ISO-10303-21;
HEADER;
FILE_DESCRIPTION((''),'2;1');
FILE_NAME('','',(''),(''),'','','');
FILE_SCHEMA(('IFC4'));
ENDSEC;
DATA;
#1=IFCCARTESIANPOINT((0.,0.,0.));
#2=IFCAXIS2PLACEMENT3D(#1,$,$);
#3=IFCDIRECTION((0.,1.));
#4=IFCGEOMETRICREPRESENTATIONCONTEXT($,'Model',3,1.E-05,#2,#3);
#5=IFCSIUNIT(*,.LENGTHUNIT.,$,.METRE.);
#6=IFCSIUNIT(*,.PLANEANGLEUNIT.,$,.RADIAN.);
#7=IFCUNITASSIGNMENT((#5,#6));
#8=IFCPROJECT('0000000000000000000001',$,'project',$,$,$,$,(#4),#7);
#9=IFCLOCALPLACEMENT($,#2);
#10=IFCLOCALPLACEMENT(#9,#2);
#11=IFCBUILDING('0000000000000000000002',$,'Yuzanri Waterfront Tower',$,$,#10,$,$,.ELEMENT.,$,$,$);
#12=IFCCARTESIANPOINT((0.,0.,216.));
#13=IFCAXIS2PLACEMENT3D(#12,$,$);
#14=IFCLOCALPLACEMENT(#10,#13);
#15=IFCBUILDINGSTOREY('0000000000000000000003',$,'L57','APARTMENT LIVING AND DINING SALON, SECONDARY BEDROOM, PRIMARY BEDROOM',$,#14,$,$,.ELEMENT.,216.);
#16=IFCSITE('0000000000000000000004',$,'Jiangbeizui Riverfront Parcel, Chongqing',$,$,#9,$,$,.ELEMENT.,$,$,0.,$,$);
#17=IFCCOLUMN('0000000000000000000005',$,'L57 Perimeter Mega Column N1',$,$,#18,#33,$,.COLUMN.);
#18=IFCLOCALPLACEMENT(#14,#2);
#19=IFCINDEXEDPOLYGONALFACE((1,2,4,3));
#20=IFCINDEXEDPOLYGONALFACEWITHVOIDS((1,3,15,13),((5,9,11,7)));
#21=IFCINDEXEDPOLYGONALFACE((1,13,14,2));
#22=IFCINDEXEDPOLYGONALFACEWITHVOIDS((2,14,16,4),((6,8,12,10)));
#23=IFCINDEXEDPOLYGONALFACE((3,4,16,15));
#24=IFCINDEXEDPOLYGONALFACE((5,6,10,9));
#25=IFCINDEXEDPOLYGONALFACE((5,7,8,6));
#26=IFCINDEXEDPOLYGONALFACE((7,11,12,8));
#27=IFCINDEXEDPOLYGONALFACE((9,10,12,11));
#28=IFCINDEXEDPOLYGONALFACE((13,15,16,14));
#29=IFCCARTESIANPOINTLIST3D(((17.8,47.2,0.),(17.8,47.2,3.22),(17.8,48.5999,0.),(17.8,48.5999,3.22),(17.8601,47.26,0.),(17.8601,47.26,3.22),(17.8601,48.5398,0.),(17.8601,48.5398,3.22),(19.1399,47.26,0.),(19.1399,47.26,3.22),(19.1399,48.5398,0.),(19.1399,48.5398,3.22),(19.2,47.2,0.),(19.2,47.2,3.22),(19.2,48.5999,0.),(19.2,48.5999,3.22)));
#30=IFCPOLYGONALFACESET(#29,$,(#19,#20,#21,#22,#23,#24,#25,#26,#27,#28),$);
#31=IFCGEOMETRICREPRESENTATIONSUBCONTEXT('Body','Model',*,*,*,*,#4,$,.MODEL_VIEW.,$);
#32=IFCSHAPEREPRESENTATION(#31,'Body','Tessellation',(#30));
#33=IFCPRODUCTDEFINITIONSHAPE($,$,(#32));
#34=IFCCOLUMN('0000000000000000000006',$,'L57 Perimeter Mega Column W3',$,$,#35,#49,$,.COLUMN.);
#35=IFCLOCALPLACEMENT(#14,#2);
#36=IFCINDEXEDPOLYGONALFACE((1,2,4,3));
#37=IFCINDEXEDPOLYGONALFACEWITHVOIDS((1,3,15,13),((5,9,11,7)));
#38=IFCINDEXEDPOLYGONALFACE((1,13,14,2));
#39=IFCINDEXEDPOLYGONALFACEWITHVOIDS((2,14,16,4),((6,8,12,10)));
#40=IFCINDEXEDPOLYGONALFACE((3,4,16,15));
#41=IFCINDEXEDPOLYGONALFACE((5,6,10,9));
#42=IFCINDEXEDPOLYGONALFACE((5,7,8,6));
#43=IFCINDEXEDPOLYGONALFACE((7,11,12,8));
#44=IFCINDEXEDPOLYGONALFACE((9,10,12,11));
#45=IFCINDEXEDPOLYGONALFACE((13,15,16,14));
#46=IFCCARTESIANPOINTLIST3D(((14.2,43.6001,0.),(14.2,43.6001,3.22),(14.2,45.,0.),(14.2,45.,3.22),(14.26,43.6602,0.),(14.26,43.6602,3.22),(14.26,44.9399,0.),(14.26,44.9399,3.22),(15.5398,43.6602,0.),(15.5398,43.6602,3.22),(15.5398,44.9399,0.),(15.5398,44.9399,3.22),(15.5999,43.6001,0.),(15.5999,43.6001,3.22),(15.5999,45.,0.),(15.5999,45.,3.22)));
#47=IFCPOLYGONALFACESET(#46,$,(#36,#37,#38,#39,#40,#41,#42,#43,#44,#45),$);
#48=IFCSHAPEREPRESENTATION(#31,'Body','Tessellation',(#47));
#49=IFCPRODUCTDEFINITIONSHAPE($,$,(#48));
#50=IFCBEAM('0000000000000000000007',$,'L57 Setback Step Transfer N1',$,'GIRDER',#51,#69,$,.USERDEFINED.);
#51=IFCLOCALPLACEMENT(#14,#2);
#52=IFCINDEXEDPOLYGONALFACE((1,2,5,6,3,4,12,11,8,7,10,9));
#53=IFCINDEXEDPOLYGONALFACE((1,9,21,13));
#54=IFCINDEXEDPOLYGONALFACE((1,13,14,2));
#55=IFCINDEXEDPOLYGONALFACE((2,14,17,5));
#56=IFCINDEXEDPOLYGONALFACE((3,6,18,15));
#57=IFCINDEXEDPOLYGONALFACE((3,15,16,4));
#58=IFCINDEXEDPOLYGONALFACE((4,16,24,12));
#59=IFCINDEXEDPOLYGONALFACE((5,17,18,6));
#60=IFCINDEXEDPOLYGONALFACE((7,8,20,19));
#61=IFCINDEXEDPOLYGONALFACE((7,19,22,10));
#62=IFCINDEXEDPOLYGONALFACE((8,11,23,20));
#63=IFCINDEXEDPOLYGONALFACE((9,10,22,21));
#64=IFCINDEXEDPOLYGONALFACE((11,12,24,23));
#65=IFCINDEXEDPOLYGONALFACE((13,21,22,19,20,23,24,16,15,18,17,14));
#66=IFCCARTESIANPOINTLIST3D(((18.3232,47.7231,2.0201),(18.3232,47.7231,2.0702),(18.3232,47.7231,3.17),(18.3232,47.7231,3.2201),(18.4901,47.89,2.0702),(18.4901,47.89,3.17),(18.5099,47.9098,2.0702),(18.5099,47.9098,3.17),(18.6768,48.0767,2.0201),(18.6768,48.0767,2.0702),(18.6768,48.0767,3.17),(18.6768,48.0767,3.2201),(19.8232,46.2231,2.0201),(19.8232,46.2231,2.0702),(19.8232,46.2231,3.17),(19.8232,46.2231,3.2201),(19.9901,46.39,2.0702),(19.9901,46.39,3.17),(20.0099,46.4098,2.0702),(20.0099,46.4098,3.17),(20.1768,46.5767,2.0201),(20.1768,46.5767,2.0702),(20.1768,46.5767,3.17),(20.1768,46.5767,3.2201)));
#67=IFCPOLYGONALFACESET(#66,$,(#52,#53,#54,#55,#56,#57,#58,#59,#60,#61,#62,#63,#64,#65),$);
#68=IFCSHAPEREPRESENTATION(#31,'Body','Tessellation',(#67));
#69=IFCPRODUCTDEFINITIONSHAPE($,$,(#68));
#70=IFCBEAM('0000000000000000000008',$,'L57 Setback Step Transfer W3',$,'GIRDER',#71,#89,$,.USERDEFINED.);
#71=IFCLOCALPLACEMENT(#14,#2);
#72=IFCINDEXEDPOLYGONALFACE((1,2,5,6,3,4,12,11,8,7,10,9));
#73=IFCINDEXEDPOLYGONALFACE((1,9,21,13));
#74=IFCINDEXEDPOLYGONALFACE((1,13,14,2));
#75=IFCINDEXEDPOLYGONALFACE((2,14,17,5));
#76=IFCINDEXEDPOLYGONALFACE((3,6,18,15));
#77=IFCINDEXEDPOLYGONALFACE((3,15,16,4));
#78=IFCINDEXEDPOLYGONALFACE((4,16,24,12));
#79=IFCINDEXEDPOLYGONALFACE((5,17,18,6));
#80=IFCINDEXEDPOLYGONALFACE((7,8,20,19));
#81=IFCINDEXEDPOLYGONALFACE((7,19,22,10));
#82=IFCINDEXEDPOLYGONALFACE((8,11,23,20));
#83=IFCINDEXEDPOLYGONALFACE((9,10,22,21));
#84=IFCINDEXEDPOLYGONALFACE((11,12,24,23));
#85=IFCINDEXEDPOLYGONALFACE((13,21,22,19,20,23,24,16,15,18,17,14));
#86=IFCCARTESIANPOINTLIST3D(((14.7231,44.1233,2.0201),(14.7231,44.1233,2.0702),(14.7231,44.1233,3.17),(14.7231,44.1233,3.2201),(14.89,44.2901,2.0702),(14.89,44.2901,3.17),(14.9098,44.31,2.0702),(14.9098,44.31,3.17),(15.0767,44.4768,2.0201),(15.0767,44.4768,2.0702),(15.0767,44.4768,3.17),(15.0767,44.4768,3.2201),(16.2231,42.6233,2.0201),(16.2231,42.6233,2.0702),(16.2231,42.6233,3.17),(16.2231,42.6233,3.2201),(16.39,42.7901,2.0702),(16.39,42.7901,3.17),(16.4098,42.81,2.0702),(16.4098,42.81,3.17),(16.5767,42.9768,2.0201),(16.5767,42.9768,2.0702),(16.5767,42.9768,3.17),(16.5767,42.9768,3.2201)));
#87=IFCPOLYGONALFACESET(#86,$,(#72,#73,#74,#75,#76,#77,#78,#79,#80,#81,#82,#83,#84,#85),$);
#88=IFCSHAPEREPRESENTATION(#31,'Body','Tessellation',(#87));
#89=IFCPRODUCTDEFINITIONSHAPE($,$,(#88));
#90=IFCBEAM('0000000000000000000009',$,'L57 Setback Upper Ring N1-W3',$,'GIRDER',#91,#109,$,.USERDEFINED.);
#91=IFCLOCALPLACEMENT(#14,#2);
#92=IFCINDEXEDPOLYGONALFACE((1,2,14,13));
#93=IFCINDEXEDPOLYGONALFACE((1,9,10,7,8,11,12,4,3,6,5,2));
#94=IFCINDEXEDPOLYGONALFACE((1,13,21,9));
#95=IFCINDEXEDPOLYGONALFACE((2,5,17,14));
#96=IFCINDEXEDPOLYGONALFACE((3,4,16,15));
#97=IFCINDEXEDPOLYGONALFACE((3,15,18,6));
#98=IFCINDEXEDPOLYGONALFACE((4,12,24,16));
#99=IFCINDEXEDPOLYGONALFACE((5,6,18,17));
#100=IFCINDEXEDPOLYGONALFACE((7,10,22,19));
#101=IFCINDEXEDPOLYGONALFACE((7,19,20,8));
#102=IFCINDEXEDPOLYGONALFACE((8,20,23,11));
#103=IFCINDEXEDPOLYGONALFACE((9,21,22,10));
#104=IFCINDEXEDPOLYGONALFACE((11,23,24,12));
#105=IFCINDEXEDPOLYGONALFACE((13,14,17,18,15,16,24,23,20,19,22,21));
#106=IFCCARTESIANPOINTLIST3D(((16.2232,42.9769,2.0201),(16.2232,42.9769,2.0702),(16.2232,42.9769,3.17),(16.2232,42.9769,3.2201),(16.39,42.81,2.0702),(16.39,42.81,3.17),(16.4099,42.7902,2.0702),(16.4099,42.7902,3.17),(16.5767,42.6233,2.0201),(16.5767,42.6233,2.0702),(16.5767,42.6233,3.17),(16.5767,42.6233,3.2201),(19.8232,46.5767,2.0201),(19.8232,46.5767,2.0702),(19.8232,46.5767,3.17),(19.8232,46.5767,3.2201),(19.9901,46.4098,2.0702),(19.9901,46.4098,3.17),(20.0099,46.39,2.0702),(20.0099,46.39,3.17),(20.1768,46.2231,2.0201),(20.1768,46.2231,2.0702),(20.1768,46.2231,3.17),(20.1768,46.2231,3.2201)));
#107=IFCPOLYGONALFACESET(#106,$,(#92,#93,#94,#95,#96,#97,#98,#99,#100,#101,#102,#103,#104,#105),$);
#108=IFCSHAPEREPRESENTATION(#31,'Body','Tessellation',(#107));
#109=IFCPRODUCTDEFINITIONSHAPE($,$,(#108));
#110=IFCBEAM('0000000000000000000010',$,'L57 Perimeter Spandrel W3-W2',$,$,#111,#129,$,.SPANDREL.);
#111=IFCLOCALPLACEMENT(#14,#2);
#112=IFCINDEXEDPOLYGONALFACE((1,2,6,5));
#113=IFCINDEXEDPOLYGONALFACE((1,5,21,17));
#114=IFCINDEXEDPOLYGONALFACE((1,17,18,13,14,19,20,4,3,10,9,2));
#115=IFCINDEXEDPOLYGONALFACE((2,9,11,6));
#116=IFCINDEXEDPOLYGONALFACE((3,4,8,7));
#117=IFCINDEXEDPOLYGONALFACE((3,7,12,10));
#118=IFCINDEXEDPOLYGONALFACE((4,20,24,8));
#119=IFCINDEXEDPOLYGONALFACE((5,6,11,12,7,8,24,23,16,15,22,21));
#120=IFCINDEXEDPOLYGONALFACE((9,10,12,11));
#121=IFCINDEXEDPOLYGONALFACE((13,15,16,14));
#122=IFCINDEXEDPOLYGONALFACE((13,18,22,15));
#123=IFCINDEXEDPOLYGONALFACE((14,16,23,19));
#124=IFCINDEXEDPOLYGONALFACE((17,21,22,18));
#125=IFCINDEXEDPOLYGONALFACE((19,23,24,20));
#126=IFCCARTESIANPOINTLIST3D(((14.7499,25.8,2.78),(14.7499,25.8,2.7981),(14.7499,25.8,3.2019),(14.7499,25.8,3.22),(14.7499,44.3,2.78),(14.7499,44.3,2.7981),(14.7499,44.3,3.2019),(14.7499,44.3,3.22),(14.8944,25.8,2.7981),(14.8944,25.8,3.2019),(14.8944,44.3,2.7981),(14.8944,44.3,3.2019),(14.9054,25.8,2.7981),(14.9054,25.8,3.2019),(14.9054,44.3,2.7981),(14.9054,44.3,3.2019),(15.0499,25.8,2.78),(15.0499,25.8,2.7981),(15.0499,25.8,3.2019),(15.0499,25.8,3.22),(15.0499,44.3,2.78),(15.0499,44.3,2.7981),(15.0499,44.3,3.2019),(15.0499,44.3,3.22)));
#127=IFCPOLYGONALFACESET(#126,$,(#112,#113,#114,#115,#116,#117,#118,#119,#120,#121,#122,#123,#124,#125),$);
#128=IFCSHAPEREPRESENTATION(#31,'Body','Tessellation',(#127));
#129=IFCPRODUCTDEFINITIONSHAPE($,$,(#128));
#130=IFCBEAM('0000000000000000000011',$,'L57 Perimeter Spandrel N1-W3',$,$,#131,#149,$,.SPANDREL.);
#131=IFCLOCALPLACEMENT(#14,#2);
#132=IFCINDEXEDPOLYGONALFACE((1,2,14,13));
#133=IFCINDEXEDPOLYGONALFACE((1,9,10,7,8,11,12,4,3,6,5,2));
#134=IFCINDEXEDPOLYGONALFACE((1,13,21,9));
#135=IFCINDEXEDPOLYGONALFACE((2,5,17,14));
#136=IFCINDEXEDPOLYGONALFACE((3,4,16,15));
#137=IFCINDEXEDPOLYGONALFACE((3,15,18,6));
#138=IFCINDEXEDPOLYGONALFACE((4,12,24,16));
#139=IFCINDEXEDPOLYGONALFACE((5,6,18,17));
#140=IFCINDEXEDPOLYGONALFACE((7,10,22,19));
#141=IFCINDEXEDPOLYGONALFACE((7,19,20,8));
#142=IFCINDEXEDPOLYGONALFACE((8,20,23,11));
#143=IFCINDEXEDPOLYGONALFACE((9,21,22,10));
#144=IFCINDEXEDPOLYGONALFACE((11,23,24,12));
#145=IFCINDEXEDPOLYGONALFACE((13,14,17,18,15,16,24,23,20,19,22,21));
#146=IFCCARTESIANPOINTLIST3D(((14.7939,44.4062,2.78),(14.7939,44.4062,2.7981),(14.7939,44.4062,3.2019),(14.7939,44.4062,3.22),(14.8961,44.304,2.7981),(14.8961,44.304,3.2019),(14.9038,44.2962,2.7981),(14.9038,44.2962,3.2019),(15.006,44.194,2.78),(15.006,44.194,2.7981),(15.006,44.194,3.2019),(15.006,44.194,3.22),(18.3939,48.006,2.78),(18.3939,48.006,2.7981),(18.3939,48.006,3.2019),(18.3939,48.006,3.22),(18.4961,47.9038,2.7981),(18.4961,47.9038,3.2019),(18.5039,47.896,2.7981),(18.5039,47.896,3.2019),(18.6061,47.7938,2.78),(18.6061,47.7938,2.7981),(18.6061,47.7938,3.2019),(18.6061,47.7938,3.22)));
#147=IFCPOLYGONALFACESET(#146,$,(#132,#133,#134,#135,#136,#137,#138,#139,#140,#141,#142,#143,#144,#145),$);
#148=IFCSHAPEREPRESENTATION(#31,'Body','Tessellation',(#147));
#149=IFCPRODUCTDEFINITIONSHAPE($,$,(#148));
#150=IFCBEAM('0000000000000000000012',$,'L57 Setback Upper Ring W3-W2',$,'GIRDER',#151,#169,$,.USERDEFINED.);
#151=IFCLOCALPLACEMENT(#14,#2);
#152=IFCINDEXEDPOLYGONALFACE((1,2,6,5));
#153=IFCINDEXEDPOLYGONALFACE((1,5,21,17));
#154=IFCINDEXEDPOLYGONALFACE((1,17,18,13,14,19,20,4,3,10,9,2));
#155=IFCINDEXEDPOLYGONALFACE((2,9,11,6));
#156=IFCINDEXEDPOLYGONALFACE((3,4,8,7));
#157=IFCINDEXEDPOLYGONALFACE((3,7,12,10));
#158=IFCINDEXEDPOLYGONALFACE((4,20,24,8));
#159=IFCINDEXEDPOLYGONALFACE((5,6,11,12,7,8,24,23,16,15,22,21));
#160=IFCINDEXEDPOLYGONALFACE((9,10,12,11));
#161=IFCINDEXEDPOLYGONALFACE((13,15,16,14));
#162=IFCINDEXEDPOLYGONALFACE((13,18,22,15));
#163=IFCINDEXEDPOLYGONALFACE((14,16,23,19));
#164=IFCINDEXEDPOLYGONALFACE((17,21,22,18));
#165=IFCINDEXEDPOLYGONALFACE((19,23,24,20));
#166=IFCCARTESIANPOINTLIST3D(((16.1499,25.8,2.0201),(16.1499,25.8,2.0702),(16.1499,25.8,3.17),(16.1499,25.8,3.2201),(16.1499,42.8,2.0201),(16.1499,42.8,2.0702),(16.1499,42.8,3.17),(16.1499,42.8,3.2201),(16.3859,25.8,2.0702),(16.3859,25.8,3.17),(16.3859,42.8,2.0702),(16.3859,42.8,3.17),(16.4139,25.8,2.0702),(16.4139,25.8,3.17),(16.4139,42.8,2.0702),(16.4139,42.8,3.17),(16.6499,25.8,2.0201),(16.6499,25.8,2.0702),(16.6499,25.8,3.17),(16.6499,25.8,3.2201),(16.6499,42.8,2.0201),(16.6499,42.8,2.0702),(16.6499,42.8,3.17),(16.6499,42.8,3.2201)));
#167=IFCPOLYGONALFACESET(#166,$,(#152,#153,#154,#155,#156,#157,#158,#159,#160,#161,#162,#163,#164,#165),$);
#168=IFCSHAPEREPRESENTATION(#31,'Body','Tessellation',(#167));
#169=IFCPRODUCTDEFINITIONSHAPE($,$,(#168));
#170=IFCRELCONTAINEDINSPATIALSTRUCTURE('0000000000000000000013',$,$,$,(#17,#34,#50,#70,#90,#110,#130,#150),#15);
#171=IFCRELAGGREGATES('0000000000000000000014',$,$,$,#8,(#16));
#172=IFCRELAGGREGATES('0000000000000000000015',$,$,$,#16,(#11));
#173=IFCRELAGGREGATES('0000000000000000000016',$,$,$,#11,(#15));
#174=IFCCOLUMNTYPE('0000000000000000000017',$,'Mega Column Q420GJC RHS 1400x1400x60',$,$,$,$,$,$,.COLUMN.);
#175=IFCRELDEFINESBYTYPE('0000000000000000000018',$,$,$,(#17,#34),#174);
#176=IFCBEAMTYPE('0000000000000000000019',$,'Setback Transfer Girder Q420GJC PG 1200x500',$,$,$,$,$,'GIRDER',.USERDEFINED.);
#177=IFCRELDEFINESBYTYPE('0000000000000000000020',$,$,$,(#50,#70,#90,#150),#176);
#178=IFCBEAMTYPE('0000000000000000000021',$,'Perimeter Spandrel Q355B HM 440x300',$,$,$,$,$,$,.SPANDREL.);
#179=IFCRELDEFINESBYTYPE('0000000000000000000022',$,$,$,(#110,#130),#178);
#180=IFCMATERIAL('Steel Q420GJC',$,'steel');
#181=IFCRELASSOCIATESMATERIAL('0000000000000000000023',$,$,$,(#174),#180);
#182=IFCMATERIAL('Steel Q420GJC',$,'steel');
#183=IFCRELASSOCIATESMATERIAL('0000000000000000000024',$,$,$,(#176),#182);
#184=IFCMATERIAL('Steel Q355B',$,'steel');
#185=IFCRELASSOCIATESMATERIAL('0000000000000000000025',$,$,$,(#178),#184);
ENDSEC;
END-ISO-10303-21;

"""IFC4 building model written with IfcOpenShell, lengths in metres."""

from ifc_helpers import new_model, si_unit, direction, frame, origin, origin_2d, place, context, subcontext, project, spatial, hollow_rectangle, i_section, extrude, source, transform, mapped, material, material_profile, profile_set, type_object, element, save


model = new_model("IFC4")

# Units and contexts
model_context = context("Model", 3, precision=1e-05, world=origin(), true_north=direction((0.0, 1.0)))
body_context = subcontext(model_context, "Body", "Model", "MODEL_VIEW")
ifc_project = project(units=[si_unit("LENGTHUNIT", "METRE"), si_unit("PLANEANGLEUNIT", "RADIAN")], contexts=[model_context])

# Site, building, storey
site_placement = place(None, origin())
site = spatial("IfcSite", under=ifc_project, at=site_placement, Name="Jiangbeizui Riverfront Parcel, Chongqing", CompositionType="ELEMENT", RefElevation=0.0)
building_placement = place(site_placement, origin())
building = spatial("IfcBuilding", under=site, at=building_placement, Name="Yuzanri Waterfront Tower", CompositionType="ELEMENT")
storey_placement = place(building_placement, frame((0.0, 0.0, 216.0)))
storey = spatial("IfcBuildingStorey", under=building, at=storey_placement, Name="L57", Description="APARTMENT LIVING AND DINING SALON, SECONDARY BEDROOM, PRIMARY BEDROOM", CompositionType="ELEMENT", Elevation=216.0)

# Columns
ifc_material_1 = material(Name="Steel Q420GJC", Category="steel")
ifc_material_profile_1 = material_profile(ifc_material_1, hollow_rectangle(XDim=1.3999, YDim=1.3999, WallThickness=0.0601, at=origin_2d()), Name="RHS 1400x1400x60")
ifc_profile_set_1 = profile_set([ifc_material_profile_1], Name="Steel Q420GJC")
column_type = type_object("IfcColumnType", Name="Mega Column Q420GJC RHS 1400x1400x60", PredefinedType="COLUMN", material=ifc_profile_set_1)
shared_shape_1 = source(origin(), body_context, "Body", "SweptSolid", [
    extrude(hollow_rectangle(XDim=1.3999, YDim=1.3999, WallThickness=0.0601, at=origin_2d()), origin(), (0.0, 0.0, 1.0), 3.22),
])
for number, where, z_axis, x_axis, name in (
    (1, (18.5, 47.8999, 0.0), (0.0, 0.0, 1.0), (1.0, 0.0, 0.0), "L57 Perimeter Mega Column N1"),
    (2, (14.8999, 44.3, 0.0), (0.0, 0.0, 1.0), (1.0, 0.0, 0.0), "L57 Perimeter Mega Column W3"),
):
    element("IfcColumn", number, at=place(storey_placement, frame(where, z_axis=z_axis, x_axis=x_axis)), inside=storey, type_object=column_type, Name=name, PredefinedType="COLUMN", context=body_context, shape_type="MappedRepresentation", body=[
        mapped(shared_shape_1, transform((0.0, 0.0, 0.0), scale=1.0)),
    ])

# Beams
ifc_material_2 = material(Name="Steel Q420GJC", Category="steel")
ifc_material_profile_2 = material_profile(ifc_material_2, i_section(OverallWidth=0.5, OverallDepth=1.2, WebThickness=0.0281, FlangeThickness=0.05, at=origin_2d()), Name="PG 1200x500x28x50")
ifc_profile_set_2 = profile_set([ifc_material_profile_2], Name="Steel Q420GJC")
beam_type_1 = type_object("IfcBeamType", Name="Setback Transfer Girder Q420GJC PG 1200x500", ElementType="GIRDER", PredefinedType="USERDEFINED", material=ifc_profile_set_2)
shared_shape_2 = source(origin(), body_context, "Body", "SweptSolid", [
    extrude(i_section(OverallWidth=0.5, OverallDepth=1.2, WebThickness=0.0281, FlangeThickness=0.05, at=origin_2d()), origin(), (0.0, 0.0, 1.0), 2.1213),
])
for number, where, z_axis, x_axis, name in (
    (3, (20.0, 46.3999, 2.6201), (-0.707107, 0.707107, 0.0), (-0.707107, -0.707107, 0.0), "L57 Setback Step Transfer N1"),
    (4, (16.3999, 42.8, 2.6201), (-0.707107, 0.707107, 0.0), (-0.707107, -0.707107, 0.0), "L57 Setback Step Transfer W3"),
):
    element("IfcBeam", number, at=place(storey_placement, frame(where, z_axis=z_axis, x_axis=x_axis)), inside=storey, type_object=beam_type_1, Name=name, ObjectType="GIRDER", PredefinedType="USERDEFINED", context=body_context, shape_type="MappedRepresentation", body=[
        mapped(shared_shape_2, transform((0.0, 0.0, 0.0), scale=1.0)),
    ])
shared_shape_3 = source(origin(), body_context, "Body", "SweptSolid", [
    extrude(i_section(OverallWidth=0.5, OverallDepth=1.2, WebThickness=0.0281, FlangeThickness=0.05, at=origin_2d()), origin(), (0.0, 0.0, 1.0), 5.0911),
])
beam_1_placement = place(storey_placement, frame((20.0, 46.3999, 2.6201), z_axis=(-0.707131, -0.707083, 0.0), x_axis=(0.707083, -0.707131, 0.0)))
element("IfcBeam", 5, at=beam_1_placement, inside=storey, type_object=beam_type_1, Name="L57 Setback Upper Ring N1-W3", ObjectType="GIRDER", PredefinedType="USERDEFINED", context=body_context, shape_type="MappedRepresentation", body=[
    mapped(shared_shape_3, transform((0.0, 0.0, 0.0), scale=1.0)),
])
ifc_material_3 = material(Name="Steel Q355B", Category="steel")
ifc_material_profile_3 = material_profile(ifc_material_3, i_section(OverallWidth=0.3, OverallDepth=0.4399, WebThickness=0.011, FlangeThickness=0.0181, at=origin_2d()), Name="HM 440x300x11x18")
ifc_profile_set_3 = profile_set([ifc_material_profile_3], Name="Steel Q355B")
beam_type_2 = type_object("IfcBeamType", Name="Perimeter Spandrel Q355B HM 440x300", PredefinedType="SPANDREL", material=ifc_profile_set_3)
shared_shape_4 = source(origin(), body_context, "Body", "SweptSolid", [
    extrude(i_section(OverallWidth=0.3, OverallDepth=0.4399, WebThickness=0.011, FlangeThickness=0.0181, at=origin_2d()), origin(), (0.0, 0.0, 1.0), 18.5),
])
beam_2_placement = place(storey_placement, frame((14.8999, 44.3, 3.0), z_axis=(0.0, -1.0, 0.0), x_axis=(1.0, 0.0, 0.0)))
element("IfcBeam", 6, at=beam_2_placement, inside=storey, type_object=beam_type_2, Name="L57 Perimeter Spandrel W3-W2", PredefinedType="SPANDREL", context=body_context, shape_type="MappedRepresentation", body=[
    mapped(shared_shape_4, transform((0.0, 0.0, 0.0), scale=1.0)),
])
shared_shape_5 = source(origin(), body_context, "Body", "SweptSolid", [
    extrude(i_section(OverallWidth=0.3, OverallDepth=0.4399, WebThickness=0.011, FlangeThickness=0.0181, at=origin_2d()), origin(), (0.0, 0.0, 1.0), 5.0911),
])
beam_3_placement = place(storey_placement, frame((18.5, 47.8999, 3.0), z_axis=(-0.707131, -0.707083, 0.0), x_axis=(0.707083, -0.707131, 0.0)))
element("IfcBeam", 7, at=beam_3_placement, inside=storey, type_object=beam_type_2, Name="L57 Perimeter Spandrel N1-W3", PredefinedType="SPANDREL", context=body_context, shape_type="MappedRepresentation", body=[
    mapped(shared_shape_5, transform((0.0, 0.0, 0.0), scale=1.0)),
])
shared_shape_6 = source(origin(), body_context, "Body", "SweptSolid", [
    extrude(i_section(OverallWidth=0.5, OverallDepth=1.2, WebThickness=0.0281, FlangeThickness=0.05, at=origin_2d()), origin(), (0.0, 0.0, 1.0), 17.0),
])
beam_4_placement = place(storey_placement, frame((16.3999, 42.8, 2.6201), z_axis=(0.0, -1.0, 0.0), x_axis=(1.0, 0.0, 0.0)))
element("IfcBeam", 8, at=beam_4_placement, inside=storey, type_object=beam_type_1, Name="L57 Setback Upper Ring W3-W2", ObjectType="GIRDER", PredefinedType="USERDEFINED", context=body_context, shape_type="MappedRepresentation", body=[
    mapped(shared_shape_6, transform((0.0, 0.0, 0.0), scale=1.0)),
])

save(model, "model.ifc")
